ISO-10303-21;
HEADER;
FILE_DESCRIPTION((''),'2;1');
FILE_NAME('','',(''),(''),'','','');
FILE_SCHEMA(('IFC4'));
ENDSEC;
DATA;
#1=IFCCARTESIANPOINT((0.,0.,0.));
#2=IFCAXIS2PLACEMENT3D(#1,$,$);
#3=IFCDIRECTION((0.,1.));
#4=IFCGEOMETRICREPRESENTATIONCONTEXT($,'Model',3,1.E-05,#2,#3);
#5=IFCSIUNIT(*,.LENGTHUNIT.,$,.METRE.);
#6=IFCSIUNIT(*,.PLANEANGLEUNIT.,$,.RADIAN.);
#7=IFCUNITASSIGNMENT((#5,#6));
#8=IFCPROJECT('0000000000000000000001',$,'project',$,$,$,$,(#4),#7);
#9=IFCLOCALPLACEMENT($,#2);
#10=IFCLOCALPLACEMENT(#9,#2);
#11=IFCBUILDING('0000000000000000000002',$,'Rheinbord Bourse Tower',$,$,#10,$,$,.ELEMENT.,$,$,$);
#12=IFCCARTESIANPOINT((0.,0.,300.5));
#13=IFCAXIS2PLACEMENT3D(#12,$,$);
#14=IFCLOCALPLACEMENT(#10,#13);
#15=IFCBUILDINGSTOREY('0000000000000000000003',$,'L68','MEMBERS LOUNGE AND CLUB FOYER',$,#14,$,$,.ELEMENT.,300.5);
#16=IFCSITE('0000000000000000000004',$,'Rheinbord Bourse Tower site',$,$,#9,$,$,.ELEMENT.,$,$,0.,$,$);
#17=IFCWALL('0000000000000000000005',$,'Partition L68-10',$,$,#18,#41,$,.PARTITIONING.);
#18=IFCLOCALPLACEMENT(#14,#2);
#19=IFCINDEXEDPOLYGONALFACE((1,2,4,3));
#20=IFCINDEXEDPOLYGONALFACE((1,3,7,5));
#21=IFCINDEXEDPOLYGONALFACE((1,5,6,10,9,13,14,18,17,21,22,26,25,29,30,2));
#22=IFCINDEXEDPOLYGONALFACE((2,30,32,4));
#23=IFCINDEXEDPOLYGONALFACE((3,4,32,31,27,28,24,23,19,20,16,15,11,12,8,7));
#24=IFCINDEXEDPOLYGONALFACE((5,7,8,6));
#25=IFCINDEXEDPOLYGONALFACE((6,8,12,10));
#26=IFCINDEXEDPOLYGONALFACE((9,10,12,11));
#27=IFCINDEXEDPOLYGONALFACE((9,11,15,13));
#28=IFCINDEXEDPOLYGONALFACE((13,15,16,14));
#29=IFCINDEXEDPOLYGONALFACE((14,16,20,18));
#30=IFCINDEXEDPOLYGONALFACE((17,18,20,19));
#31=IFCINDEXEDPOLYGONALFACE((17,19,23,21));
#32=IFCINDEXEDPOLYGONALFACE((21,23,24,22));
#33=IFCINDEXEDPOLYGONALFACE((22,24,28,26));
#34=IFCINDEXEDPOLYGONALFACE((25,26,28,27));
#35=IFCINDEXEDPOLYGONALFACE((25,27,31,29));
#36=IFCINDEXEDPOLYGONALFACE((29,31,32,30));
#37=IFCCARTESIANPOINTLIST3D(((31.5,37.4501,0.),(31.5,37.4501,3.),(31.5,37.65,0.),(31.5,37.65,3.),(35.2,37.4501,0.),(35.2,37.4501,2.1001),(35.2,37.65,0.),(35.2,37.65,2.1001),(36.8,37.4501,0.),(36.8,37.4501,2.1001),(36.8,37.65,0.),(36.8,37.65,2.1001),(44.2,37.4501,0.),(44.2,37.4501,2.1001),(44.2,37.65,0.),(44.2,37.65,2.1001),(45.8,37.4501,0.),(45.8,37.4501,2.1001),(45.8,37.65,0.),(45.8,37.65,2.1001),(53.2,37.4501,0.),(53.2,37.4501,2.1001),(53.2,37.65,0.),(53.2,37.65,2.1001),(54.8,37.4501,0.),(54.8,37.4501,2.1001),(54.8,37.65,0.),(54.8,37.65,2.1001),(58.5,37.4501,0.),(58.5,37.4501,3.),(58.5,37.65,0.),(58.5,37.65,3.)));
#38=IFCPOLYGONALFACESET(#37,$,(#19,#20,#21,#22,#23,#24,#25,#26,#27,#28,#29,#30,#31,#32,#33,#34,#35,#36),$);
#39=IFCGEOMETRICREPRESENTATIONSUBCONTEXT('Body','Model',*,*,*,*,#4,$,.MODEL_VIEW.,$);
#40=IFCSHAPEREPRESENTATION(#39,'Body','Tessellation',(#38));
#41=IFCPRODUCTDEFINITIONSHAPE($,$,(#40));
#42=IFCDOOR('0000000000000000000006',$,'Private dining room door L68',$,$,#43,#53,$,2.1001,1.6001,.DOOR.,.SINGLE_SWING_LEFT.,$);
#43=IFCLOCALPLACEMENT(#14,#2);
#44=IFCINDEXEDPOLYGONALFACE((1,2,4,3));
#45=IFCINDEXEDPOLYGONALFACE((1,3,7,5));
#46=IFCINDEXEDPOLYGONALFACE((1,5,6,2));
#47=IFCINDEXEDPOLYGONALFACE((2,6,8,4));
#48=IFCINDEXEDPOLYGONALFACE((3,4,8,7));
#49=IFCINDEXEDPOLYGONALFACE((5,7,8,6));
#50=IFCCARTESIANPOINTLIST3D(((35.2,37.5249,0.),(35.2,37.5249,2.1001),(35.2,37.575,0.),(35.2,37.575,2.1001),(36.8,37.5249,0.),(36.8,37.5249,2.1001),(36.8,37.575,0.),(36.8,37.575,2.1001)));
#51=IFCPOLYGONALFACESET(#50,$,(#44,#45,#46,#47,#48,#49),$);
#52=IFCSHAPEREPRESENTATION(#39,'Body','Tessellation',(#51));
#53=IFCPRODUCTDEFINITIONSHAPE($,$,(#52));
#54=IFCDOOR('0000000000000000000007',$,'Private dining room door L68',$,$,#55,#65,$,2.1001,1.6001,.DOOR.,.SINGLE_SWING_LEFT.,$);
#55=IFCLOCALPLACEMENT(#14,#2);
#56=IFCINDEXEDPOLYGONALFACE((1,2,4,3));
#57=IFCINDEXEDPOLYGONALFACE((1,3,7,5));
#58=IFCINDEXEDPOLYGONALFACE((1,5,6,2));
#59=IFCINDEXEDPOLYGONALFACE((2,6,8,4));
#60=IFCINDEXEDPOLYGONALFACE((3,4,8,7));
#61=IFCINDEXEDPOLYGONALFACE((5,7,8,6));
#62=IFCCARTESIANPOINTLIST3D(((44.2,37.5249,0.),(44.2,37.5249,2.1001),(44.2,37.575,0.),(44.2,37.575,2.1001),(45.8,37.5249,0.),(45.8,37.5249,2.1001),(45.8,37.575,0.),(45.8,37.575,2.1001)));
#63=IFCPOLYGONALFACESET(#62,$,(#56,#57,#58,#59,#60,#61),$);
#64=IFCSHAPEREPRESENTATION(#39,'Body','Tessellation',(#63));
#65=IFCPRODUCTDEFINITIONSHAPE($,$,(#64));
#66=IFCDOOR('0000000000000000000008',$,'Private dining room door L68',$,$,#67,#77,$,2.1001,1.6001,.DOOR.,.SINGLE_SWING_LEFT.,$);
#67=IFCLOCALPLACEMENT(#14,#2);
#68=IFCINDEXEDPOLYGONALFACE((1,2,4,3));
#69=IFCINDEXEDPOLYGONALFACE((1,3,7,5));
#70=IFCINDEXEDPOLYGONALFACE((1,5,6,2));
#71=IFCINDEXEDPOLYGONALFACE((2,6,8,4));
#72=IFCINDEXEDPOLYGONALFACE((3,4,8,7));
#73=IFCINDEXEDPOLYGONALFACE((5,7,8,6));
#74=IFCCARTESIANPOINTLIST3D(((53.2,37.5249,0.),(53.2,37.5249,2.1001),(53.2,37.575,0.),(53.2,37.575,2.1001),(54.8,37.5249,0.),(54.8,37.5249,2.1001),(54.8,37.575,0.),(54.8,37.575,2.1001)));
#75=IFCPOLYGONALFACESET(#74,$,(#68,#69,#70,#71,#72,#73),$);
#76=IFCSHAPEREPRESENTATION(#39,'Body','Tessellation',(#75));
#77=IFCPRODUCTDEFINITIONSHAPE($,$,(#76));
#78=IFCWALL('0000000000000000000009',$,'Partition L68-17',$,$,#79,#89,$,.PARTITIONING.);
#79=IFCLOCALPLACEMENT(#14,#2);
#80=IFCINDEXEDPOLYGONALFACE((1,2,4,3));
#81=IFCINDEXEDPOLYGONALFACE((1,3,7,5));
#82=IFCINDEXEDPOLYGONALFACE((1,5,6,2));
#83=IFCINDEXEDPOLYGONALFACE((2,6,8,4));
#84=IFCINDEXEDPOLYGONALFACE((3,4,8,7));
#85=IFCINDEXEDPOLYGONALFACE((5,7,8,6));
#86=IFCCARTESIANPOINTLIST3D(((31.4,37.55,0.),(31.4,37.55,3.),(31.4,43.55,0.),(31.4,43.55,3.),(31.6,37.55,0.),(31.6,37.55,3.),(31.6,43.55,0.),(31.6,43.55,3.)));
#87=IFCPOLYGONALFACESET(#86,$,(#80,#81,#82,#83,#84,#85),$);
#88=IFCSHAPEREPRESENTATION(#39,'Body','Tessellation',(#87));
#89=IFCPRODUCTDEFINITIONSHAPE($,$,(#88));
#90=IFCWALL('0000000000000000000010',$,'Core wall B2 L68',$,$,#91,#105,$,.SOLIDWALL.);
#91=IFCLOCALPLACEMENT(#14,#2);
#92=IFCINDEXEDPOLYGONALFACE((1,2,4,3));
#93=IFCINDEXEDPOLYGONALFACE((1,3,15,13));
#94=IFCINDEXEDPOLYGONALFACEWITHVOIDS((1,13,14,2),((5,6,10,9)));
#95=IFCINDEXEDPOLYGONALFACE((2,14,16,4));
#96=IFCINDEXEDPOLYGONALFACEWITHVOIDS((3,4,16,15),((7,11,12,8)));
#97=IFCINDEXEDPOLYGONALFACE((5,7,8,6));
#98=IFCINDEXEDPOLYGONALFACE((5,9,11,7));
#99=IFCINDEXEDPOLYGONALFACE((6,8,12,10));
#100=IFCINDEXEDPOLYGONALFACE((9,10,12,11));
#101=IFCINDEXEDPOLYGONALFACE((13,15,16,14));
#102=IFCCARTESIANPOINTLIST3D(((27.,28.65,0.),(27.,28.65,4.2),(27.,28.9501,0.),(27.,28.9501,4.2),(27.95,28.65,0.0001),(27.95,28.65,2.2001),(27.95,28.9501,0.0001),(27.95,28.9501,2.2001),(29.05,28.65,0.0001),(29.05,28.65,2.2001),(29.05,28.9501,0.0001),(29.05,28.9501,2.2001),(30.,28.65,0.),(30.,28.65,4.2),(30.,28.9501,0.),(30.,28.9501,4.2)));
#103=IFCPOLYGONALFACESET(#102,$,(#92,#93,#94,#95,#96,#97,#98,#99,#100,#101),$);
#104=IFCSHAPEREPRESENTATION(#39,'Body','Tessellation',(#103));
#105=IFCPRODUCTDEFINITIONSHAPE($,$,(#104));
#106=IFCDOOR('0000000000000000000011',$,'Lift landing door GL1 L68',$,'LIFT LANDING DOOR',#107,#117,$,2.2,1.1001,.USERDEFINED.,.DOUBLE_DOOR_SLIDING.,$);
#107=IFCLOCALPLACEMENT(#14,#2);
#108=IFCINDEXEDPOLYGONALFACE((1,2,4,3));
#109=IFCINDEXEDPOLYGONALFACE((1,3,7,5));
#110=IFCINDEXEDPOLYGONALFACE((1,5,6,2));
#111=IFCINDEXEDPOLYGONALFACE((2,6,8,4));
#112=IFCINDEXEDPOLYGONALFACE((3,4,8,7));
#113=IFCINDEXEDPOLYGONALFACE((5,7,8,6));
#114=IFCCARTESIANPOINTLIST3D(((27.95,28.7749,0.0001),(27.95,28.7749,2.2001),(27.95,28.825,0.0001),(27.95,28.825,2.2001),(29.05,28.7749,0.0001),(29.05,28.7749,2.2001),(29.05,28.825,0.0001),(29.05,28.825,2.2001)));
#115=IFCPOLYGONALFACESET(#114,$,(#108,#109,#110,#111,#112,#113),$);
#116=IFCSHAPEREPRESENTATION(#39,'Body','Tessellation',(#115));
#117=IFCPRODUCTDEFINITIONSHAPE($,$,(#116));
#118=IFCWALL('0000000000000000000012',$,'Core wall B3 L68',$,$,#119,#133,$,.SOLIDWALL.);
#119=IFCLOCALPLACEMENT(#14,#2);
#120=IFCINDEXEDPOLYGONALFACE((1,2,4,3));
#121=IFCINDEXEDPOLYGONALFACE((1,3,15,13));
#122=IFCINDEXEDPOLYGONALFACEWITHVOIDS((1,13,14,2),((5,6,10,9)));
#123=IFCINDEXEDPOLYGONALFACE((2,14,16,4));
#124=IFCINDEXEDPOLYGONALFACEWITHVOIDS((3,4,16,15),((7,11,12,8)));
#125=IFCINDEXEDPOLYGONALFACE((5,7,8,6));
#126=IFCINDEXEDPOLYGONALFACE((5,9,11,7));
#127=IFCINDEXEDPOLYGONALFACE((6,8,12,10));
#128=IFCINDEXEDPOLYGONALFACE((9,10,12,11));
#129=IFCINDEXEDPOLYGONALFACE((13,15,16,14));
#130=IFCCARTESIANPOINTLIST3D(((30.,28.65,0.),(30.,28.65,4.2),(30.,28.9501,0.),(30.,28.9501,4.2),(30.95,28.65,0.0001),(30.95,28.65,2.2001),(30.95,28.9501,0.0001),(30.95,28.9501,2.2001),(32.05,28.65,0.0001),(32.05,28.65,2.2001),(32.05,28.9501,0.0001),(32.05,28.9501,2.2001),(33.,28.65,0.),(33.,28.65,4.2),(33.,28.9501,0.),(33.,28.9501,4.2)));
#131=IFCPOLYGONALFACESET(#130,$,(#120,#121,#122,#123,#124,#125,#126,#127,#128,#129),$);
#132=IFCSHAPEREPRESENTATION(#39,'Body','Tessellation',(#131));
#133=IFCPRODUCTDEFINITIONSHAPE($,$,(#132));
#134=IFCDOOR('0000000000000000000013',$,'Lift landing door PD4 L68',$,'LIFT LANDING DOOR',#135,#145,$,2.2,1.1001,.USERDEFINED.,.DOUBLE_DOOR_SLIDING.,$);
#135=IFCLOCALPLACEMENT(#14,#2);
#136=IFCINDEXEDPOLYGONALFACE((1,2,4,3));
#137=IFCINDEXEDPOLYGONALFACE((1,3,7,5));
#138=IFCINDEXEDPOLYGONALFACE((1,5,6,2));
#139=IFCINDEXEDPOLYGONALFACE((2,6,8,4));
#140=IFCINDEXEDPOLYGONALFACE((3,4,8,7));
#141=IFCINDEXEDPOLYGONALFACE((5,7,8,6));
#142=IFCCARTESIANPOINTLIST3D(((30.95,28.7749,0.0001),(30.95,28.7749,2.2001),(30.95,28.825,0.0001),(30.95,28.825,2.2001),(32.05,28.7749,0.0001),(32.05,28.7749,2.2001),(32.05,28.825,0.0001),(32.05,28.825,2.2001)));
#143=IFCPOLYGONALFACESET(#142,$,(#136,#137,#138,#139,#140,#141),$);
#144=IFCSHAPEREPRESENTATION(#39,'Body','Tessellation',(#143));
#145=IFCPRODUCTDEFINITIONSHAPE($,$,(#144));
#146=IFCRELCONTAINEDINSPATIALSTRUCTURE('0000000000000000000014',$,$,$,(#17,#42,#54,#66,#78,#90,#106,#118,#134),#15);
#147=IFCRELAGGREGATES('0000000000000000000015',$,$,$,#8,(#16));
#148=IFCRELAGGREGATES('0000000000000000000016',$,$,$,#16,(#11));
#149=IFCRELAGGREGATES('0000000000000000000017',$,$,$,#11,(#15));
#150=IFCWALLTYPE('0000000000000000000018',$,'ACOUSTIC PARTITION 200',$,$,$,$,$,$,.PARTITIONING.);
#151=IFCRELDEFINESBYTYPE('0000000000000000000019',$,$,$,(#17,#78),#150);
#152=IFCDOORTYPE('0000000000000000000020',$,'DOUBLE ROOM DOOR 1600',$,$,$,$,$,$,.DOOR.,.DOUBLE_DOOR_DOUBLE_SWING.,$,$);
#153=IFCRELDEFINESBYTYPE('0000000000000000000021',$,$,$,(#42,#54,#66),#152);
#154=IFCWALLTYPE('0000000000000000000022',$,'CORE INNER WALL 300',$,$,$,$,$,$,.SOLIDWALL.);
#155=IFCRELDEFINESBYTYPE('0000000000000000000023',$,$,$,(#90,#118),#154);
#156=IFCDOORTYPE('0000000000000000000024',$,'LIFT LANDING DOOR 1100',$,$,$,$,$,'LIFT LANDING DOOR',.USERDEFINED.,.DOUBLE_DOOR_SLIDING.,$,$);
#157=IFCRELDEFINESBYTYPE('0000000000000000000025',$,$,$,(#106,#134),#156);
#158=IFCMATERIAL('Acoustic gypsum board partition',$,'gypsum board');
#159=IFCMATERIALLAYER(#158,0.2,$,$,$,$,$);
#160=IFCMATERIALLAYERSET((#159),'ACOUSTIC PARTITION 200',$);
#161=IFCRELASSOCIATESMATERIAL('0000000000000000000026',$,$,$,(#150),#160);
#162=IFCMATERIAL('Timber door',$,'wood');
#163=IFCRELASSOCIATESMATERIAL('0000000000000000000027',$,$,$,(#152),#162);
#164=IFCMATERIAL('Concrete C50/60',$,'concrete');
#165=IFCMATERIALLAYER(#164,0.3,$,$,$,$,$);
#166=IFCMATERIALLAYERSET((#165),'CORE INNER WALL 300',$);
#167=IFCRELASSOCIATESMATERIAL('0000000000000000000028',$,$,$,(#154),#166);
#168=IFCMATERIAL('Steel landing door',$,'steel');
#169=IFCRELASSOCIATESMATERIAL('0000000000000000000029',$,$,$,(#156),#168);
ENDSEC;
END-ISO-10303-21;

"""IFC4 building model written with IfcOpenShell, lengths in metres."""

from ifc_helpers import new_model, si_unit, direction, frame, frame_2d, origin, place, context, subcontext, project, spatial, rectangle, extrude, material, layer, layer_set, type_object, element, fill, save


model = new_model("IFC4")

# Units and contexts
model_context = context("Model", 3, precision=1e-05, world=origin(), true_north=direction((0.0, 1.0)))
body_context = subcontext(model_context, "Body", "Model", "MODEL_VIEW")
ifc_project = project(units=[si_unit("LENGTHUNIT", "METRE"), si_unit("PLANEANGLEUNIT", "RADIAN")], contexts=[model_context])

# Site, building, storey
site_placement = place(None, origin())
site = spatial("IfcSite", under=ifc_project, at=site_placement, Name="Rheinbord Bourse Tower site", CompositionType="ELEMENT", RefElevation=0.0)
building_placement = place(site_placement, origin())
building = spatial("IfcBuilding", under=site, at=building_placement, Name="Rheinbord Bourse Tower", CompositionType="ELEMENT")
storey_placement = place(building_placement, frame((0.0, 0.0, 300.5)))
storey = spatial("IfcBuildingStorey", under=building, at=storey_placement, Name="L68", Description="MEMBERS LOUNGE AND CLUB FOYER", CompositionType="ELEMENT", Elevation=300.5)

# Wall, openings, doors
ifc_material_1 = material(Name="Acoustic gypsum board partition", Category="gypsum board")
ifc_layer_1 = layer(ifc_material_1, 0.2)
ifc_layer_set_1 = layer_set([ifc_layer_1], Name="ACOUSTIC PARTITION 200")
wall_type_1 = type_object("IfcWallType", Name="ACOUSTIC PARTITION 200", PredefinedType="PARTITIONING", material=ifc_layer_set_1)
wall_1_placement = place(storey_placement, frame((31.5, 37.55, 0.0), z_axis=(0.0, 0.0, 1.0), x_axis=(1.0, 0.0, 0.0)))
wall_1 = element("IfcWall", 1, at=wall_1_placement, inside=storey, type_object=wall_type_1, Name="Partition L68-10", PredefinedType="PARTITIONING", context=body_context, shape_type="SweptSolid", body=[
    extrude(rectangle(XDim=27.0, YDim=0.2, at=frame_2d((13.5, 0.0))), origin(), (0.0, 0.0, 1.0), 3.0),
])
opening_1_placement = place(wall_1_placement, frame((3.7, 0.0, 0.0)))
opening_1 = element("IfcOpeningElement", 2, at=opening_1_placement, cuts=wall_1, PredefinedType="OPENING", context=body_context, shape_type="SweptSolid", body=[
    extrude(rectangle(XDim=1.6001, YDim=2.1001, at=frame_2d((0.8, 1.05))), frame((0.0, 0.1099, 0.0), z_axis=(0.0, -1.0, 0.0), x_axis=(1.0, 0.0, 0.0)), (0.0, 0.0, 1.0), 0.22),
])
opening_2_placement = place(wall_1_placement, frame((12.7, 0.0, 0.0)))
opening_2 = element("IfcOpeningElement", 3, at=opening_2_placement, cuts=wall_1, PredefinedType="OPENING", context=body_context, shape_type="SweptSolid", body=[
    extrude(rectangle(XDim=1.6001, YDim=2.1001, at=frame_2d((0.8, 1.05))), frame((0.0, 0.1099, 0.0), z_axis=(0.0, -1.0, 0.0), x_axis=(1.0, 0.0, 0.0)), (0.0, 0.0, 1.0), 0.22),
])
opening_3_placement = place(wall_1_placement, frame((21.7, 0.0, 0.0)))
opening_3 = element("IfcOpeningElement", 4, at=opening_3_placement, cuts=wall_1, PredefinedType="OPENING", context=body_context, shape_type="SweptSolid", body=[
    extrude(rectangle(XDim=1.6001, YDim=2.1001, at=frame_2d((0.8, 1.05))), frame((0.0, 0.1099, 0.0), z_axis=(0.0, -1.0, 0.0), x_axis=(1.0, 0.0, 0.0)), (0.0, 0.0, 1.0), 0.22),
])
ifc_material_2 = material(Name="Timber door", Category="wood")
door_type_1 = type_object("IfcDoorType", Name="DOUBLE ROOM DOOR 1600", OperationType="DOUBLE_DOOR_DOUBLE_SWING", PredefinedType="DOOR", material=ifc_material_2)
door_1_placement = place(opening_1_placement, origin())
door_1 = element("IfcDoor", 5, at=door_1_placement, inside=storey, type_object=door_type_1, Name="Private dining room door L68", OperationType="SINGLE_SWING_LEFT", OverallHeight=2.1001, OverallWidth=1.6001, PredefinedType="DOOR", context=body_context, shape_type="SweptSolid", body=[
    extrude(rectangle(XDim=1.6001, YDim=2.1001, at=frame_2d((0.8, 1.05))), frame((0.0, 0.0249, 0.0), z_axis=(0.0, -1.0, 0.0), x_axis=(1.0, 0.0, 0.0)), (0.0, 0.0, 1.0), 0.05),
])
fill(opening_1, door_1)
door_2_placement = place(opening_2_placement, origin())
door_2 = element("IfcDoor", 6, at=door_2_placement, inside=storey, type_object=door_type_1, Name="Private dining room door L68", OperationType="SINGLE_SWING_LEFT", OverallHeight=2.1001, OverallWidth=1.6001, PredefinedType="DOOR", context=body_context, shape_type="SweptSolid", body=[
    extrude(rectangle(XDim=1.6001, YDim=2.1001, at=frame_2d((0.8, 1.05))), frame((0.0, 0.0249, 0.0), z_axis=(0.0, -1.0, 0.0), x_axis=(1.0, 0.0, 0.0)), (0.0, 0.0, 1.0), 0.05),
])
fill(opening_2, door_2)
door_3_placement = place(opening_3_placement, origin())
door_3 = element("IfcDoor", 7, at=door_3_placement, inside=storey, type_object=door_type_1, Name="Private dining room door L68", OperationType="SINGLE_SWING_LEFT", OverallHeight=2.1001, OverallWidth=1.6001, PredefinedType="DOOR", context=body_context, shape_type="SweptSolid", body=[
    extrude(rectangle(XDim=1.6001, YDim=2.1001, at=frame_2d((0.8, 1.05))), frame((0.0, 0.0249, 0.0), z_axis=(0.0, -1.0, 0.0), x_axis=(1.0, 0.0, 0.0)), (0.0, 0.0, 1.0), 0.05),
])
fill(opening_3, door_3)

# Wall
wall_2_placement = place(storey_placement, frame((31.5, 37.55, 0.0), z_axis=(0.0, 0.0, 1.0), x_axis=(0.0, 1.0, 0.0)))
element("IfcWall", 8, at=wall_2_placement, inside=storey, type_object=wall_type_1, Name="Partition L68-17", PredefinedType="PARTITIONING", context=body_context, shape_type="SweptSolid", body=[
    extrude(rectangle(XDim=6.0, YDim=0.2, at=frame_2d((3.0, 0.0))), origin(), (0.0, 0.0, 1.0), 3.0),
])

# Walls, openings, doors
ifc_material_3 = material(Name="Concrete C50/60", Category="concrete")
ifc_layer_2 = layer(ifc_material_3, 0.3)
ifc_layer_set_2 = layer_set([ifc_layer_2], Name="CORE INNER WALL 300")
wall_type_2 = type_object("IfcWallType", Name="CORE INNER WALL 300", PredefinedType="SOLIDWALL", material=ifc_layer_set_2)
wall_3_placement = place(storey_placement, frame((27.0, 28.8, 0.0), z_axis=(0.0, 0.0, 1.0), x_axis=(1.0, 0.0, 0.0)))
wall_3 = element("IfcWall", 9, at=wall_3_placement, inside=storey, type_object=wall_type_2, Name="Core wall B2 L68", PredefinedType="SOLIDWALL", context=body_context, shape_type="SweptSolid", body=[
    extrude(rectangle(XDim=3.0, YDim=0.3, at=frame_2d((1.5, 0.0))), origin(), (0.0, 0.0, 1.0), 4.2),
])
opening_4_placement = place(wall_3_placement, frame((0.95, 0.0, 0.0)))
opening_4 = element("IfcOpeningElement", 10, at=opening_4_placement, cuts=wall_3, PredefinedType="OPENING", context=body_context, shape_type="SweptSolid", body=[
    extrude(rectangle(XDim=1.1001, YDim=2.2, at=frame_2d((0.55, 1.1001))), frame((0.0, 0.1599, 0.0), z_axis=(0.0, -1.0, 0.0), x_axis=(1.0, 0.0, 0.0)), (0.0, 0.0, 1.0), 0.3201),
])
ifc_material_4 = material(Name="Steel landing door", Category="steel")
door_type_2 = type_object("IfcDoorType", Name="LIFT LANDING DOOR 1100", ElementType="LIFT LANDING DOOR", OperationType="DOUBLE_DOOR_SLIDING", PredefinedType="USERDEFINED", material=ifc_material_4)
door_4_placement = place(opening_4_placement, origin())
door_4 = element("IfcDoor", 11, at=door_4_placement, inside=storey, type_object=door_type_2, Name="Lift landing door GL1 L68", ObjectType="LIFT LANDING DOOR", OperationType="DOUBLE_DOOR_SLIDING", OverallHeight=2.2, OverallWidth=1.1001, PredefinedType="USERDEFINED", context=body_context, shape_type="SweptSolid", body=[
    extrude(rectangle(XDim=1.1001, YDim=2.2, at=frame_2d((0.55, 1.1001))), frame((0.0, 0.0249, 0.0), z_axis=(0.0, -1.0, 0.0), x_axis=(1.0, 0.0, 0.0)), (0.0, 0.0, 1.0), 0.05),
])
fill(opening_4, door_4)
wall_4_placement = place(storey_placement, frame((30.0, 28.8, 0.0), z_axis=(0.0, 0.0, 1.0), x_axis=(1.0, 0.0, 0.0)))
wall_4 = element("IfcWall", 12, at=wall_4_placement, inside=storey, type_object=wall_type_2, Name="Core wall B3 L68", PredefinedType="SOLIDWALL", context=body_context, shape_type="SweptSolid", body=[
    extrude(rectangle(XDim=3.0, YDim=0.3, at=frame_2d((1.5, 0.0))), origin(), (0.0, 0.0, 1.0), 4.2),
])
opening_5_placement = place(wall_4_placement, frame((0.95, 0.0, 0.0)))
opening_5 = element("IfcOpeningElement", 13, at=opening_5_placement, cuts=wall_4, PredefinedType="OPENING", context=body_context, shape_type="SweptSolid", body=[
    extrude(rectangle(XDim=1.1001, YDim=2.2, at=frame_2d((0.55, 1.1001))), frame((0.0, 0.1599, 0.0), z_axis=(0.0, -1.0, 0.0), x_axis=(1.0, 0.0, 0.0)), (0.0, 0.0, 1.0), 0.3201),
])
door_5_placement = place(opening_5_placement, origin())
door_5 = element("IfcDoor", 14, at=door_5_placement, inside=storey, type_object=door_type_2, Name="Lift landing door PD4 L68", ObjectType="LIFT LANDING DOOR", OperationType="DOUBLE_DOOR_SLIDING", OverallHeight=2.2, OverallWidth=1.1001, PredefinedType="USERDEFINED", context=body_context, shape_type="SweptSolid", body=[
    extrude(rectangle(XDim=1.1001, YDim=2.2, at=frame_2d((0.55, 1.1001))), frame((0.0, 0.0249, 0.0), z_axis=(0.0, -1.0, 0.0), x_axis=(1.0, 0.0, 0.0)), (0.0, 0.0, 1.0), 0.05),
])
fill(opening_5, door_5)

save(model, "model.ifc")
